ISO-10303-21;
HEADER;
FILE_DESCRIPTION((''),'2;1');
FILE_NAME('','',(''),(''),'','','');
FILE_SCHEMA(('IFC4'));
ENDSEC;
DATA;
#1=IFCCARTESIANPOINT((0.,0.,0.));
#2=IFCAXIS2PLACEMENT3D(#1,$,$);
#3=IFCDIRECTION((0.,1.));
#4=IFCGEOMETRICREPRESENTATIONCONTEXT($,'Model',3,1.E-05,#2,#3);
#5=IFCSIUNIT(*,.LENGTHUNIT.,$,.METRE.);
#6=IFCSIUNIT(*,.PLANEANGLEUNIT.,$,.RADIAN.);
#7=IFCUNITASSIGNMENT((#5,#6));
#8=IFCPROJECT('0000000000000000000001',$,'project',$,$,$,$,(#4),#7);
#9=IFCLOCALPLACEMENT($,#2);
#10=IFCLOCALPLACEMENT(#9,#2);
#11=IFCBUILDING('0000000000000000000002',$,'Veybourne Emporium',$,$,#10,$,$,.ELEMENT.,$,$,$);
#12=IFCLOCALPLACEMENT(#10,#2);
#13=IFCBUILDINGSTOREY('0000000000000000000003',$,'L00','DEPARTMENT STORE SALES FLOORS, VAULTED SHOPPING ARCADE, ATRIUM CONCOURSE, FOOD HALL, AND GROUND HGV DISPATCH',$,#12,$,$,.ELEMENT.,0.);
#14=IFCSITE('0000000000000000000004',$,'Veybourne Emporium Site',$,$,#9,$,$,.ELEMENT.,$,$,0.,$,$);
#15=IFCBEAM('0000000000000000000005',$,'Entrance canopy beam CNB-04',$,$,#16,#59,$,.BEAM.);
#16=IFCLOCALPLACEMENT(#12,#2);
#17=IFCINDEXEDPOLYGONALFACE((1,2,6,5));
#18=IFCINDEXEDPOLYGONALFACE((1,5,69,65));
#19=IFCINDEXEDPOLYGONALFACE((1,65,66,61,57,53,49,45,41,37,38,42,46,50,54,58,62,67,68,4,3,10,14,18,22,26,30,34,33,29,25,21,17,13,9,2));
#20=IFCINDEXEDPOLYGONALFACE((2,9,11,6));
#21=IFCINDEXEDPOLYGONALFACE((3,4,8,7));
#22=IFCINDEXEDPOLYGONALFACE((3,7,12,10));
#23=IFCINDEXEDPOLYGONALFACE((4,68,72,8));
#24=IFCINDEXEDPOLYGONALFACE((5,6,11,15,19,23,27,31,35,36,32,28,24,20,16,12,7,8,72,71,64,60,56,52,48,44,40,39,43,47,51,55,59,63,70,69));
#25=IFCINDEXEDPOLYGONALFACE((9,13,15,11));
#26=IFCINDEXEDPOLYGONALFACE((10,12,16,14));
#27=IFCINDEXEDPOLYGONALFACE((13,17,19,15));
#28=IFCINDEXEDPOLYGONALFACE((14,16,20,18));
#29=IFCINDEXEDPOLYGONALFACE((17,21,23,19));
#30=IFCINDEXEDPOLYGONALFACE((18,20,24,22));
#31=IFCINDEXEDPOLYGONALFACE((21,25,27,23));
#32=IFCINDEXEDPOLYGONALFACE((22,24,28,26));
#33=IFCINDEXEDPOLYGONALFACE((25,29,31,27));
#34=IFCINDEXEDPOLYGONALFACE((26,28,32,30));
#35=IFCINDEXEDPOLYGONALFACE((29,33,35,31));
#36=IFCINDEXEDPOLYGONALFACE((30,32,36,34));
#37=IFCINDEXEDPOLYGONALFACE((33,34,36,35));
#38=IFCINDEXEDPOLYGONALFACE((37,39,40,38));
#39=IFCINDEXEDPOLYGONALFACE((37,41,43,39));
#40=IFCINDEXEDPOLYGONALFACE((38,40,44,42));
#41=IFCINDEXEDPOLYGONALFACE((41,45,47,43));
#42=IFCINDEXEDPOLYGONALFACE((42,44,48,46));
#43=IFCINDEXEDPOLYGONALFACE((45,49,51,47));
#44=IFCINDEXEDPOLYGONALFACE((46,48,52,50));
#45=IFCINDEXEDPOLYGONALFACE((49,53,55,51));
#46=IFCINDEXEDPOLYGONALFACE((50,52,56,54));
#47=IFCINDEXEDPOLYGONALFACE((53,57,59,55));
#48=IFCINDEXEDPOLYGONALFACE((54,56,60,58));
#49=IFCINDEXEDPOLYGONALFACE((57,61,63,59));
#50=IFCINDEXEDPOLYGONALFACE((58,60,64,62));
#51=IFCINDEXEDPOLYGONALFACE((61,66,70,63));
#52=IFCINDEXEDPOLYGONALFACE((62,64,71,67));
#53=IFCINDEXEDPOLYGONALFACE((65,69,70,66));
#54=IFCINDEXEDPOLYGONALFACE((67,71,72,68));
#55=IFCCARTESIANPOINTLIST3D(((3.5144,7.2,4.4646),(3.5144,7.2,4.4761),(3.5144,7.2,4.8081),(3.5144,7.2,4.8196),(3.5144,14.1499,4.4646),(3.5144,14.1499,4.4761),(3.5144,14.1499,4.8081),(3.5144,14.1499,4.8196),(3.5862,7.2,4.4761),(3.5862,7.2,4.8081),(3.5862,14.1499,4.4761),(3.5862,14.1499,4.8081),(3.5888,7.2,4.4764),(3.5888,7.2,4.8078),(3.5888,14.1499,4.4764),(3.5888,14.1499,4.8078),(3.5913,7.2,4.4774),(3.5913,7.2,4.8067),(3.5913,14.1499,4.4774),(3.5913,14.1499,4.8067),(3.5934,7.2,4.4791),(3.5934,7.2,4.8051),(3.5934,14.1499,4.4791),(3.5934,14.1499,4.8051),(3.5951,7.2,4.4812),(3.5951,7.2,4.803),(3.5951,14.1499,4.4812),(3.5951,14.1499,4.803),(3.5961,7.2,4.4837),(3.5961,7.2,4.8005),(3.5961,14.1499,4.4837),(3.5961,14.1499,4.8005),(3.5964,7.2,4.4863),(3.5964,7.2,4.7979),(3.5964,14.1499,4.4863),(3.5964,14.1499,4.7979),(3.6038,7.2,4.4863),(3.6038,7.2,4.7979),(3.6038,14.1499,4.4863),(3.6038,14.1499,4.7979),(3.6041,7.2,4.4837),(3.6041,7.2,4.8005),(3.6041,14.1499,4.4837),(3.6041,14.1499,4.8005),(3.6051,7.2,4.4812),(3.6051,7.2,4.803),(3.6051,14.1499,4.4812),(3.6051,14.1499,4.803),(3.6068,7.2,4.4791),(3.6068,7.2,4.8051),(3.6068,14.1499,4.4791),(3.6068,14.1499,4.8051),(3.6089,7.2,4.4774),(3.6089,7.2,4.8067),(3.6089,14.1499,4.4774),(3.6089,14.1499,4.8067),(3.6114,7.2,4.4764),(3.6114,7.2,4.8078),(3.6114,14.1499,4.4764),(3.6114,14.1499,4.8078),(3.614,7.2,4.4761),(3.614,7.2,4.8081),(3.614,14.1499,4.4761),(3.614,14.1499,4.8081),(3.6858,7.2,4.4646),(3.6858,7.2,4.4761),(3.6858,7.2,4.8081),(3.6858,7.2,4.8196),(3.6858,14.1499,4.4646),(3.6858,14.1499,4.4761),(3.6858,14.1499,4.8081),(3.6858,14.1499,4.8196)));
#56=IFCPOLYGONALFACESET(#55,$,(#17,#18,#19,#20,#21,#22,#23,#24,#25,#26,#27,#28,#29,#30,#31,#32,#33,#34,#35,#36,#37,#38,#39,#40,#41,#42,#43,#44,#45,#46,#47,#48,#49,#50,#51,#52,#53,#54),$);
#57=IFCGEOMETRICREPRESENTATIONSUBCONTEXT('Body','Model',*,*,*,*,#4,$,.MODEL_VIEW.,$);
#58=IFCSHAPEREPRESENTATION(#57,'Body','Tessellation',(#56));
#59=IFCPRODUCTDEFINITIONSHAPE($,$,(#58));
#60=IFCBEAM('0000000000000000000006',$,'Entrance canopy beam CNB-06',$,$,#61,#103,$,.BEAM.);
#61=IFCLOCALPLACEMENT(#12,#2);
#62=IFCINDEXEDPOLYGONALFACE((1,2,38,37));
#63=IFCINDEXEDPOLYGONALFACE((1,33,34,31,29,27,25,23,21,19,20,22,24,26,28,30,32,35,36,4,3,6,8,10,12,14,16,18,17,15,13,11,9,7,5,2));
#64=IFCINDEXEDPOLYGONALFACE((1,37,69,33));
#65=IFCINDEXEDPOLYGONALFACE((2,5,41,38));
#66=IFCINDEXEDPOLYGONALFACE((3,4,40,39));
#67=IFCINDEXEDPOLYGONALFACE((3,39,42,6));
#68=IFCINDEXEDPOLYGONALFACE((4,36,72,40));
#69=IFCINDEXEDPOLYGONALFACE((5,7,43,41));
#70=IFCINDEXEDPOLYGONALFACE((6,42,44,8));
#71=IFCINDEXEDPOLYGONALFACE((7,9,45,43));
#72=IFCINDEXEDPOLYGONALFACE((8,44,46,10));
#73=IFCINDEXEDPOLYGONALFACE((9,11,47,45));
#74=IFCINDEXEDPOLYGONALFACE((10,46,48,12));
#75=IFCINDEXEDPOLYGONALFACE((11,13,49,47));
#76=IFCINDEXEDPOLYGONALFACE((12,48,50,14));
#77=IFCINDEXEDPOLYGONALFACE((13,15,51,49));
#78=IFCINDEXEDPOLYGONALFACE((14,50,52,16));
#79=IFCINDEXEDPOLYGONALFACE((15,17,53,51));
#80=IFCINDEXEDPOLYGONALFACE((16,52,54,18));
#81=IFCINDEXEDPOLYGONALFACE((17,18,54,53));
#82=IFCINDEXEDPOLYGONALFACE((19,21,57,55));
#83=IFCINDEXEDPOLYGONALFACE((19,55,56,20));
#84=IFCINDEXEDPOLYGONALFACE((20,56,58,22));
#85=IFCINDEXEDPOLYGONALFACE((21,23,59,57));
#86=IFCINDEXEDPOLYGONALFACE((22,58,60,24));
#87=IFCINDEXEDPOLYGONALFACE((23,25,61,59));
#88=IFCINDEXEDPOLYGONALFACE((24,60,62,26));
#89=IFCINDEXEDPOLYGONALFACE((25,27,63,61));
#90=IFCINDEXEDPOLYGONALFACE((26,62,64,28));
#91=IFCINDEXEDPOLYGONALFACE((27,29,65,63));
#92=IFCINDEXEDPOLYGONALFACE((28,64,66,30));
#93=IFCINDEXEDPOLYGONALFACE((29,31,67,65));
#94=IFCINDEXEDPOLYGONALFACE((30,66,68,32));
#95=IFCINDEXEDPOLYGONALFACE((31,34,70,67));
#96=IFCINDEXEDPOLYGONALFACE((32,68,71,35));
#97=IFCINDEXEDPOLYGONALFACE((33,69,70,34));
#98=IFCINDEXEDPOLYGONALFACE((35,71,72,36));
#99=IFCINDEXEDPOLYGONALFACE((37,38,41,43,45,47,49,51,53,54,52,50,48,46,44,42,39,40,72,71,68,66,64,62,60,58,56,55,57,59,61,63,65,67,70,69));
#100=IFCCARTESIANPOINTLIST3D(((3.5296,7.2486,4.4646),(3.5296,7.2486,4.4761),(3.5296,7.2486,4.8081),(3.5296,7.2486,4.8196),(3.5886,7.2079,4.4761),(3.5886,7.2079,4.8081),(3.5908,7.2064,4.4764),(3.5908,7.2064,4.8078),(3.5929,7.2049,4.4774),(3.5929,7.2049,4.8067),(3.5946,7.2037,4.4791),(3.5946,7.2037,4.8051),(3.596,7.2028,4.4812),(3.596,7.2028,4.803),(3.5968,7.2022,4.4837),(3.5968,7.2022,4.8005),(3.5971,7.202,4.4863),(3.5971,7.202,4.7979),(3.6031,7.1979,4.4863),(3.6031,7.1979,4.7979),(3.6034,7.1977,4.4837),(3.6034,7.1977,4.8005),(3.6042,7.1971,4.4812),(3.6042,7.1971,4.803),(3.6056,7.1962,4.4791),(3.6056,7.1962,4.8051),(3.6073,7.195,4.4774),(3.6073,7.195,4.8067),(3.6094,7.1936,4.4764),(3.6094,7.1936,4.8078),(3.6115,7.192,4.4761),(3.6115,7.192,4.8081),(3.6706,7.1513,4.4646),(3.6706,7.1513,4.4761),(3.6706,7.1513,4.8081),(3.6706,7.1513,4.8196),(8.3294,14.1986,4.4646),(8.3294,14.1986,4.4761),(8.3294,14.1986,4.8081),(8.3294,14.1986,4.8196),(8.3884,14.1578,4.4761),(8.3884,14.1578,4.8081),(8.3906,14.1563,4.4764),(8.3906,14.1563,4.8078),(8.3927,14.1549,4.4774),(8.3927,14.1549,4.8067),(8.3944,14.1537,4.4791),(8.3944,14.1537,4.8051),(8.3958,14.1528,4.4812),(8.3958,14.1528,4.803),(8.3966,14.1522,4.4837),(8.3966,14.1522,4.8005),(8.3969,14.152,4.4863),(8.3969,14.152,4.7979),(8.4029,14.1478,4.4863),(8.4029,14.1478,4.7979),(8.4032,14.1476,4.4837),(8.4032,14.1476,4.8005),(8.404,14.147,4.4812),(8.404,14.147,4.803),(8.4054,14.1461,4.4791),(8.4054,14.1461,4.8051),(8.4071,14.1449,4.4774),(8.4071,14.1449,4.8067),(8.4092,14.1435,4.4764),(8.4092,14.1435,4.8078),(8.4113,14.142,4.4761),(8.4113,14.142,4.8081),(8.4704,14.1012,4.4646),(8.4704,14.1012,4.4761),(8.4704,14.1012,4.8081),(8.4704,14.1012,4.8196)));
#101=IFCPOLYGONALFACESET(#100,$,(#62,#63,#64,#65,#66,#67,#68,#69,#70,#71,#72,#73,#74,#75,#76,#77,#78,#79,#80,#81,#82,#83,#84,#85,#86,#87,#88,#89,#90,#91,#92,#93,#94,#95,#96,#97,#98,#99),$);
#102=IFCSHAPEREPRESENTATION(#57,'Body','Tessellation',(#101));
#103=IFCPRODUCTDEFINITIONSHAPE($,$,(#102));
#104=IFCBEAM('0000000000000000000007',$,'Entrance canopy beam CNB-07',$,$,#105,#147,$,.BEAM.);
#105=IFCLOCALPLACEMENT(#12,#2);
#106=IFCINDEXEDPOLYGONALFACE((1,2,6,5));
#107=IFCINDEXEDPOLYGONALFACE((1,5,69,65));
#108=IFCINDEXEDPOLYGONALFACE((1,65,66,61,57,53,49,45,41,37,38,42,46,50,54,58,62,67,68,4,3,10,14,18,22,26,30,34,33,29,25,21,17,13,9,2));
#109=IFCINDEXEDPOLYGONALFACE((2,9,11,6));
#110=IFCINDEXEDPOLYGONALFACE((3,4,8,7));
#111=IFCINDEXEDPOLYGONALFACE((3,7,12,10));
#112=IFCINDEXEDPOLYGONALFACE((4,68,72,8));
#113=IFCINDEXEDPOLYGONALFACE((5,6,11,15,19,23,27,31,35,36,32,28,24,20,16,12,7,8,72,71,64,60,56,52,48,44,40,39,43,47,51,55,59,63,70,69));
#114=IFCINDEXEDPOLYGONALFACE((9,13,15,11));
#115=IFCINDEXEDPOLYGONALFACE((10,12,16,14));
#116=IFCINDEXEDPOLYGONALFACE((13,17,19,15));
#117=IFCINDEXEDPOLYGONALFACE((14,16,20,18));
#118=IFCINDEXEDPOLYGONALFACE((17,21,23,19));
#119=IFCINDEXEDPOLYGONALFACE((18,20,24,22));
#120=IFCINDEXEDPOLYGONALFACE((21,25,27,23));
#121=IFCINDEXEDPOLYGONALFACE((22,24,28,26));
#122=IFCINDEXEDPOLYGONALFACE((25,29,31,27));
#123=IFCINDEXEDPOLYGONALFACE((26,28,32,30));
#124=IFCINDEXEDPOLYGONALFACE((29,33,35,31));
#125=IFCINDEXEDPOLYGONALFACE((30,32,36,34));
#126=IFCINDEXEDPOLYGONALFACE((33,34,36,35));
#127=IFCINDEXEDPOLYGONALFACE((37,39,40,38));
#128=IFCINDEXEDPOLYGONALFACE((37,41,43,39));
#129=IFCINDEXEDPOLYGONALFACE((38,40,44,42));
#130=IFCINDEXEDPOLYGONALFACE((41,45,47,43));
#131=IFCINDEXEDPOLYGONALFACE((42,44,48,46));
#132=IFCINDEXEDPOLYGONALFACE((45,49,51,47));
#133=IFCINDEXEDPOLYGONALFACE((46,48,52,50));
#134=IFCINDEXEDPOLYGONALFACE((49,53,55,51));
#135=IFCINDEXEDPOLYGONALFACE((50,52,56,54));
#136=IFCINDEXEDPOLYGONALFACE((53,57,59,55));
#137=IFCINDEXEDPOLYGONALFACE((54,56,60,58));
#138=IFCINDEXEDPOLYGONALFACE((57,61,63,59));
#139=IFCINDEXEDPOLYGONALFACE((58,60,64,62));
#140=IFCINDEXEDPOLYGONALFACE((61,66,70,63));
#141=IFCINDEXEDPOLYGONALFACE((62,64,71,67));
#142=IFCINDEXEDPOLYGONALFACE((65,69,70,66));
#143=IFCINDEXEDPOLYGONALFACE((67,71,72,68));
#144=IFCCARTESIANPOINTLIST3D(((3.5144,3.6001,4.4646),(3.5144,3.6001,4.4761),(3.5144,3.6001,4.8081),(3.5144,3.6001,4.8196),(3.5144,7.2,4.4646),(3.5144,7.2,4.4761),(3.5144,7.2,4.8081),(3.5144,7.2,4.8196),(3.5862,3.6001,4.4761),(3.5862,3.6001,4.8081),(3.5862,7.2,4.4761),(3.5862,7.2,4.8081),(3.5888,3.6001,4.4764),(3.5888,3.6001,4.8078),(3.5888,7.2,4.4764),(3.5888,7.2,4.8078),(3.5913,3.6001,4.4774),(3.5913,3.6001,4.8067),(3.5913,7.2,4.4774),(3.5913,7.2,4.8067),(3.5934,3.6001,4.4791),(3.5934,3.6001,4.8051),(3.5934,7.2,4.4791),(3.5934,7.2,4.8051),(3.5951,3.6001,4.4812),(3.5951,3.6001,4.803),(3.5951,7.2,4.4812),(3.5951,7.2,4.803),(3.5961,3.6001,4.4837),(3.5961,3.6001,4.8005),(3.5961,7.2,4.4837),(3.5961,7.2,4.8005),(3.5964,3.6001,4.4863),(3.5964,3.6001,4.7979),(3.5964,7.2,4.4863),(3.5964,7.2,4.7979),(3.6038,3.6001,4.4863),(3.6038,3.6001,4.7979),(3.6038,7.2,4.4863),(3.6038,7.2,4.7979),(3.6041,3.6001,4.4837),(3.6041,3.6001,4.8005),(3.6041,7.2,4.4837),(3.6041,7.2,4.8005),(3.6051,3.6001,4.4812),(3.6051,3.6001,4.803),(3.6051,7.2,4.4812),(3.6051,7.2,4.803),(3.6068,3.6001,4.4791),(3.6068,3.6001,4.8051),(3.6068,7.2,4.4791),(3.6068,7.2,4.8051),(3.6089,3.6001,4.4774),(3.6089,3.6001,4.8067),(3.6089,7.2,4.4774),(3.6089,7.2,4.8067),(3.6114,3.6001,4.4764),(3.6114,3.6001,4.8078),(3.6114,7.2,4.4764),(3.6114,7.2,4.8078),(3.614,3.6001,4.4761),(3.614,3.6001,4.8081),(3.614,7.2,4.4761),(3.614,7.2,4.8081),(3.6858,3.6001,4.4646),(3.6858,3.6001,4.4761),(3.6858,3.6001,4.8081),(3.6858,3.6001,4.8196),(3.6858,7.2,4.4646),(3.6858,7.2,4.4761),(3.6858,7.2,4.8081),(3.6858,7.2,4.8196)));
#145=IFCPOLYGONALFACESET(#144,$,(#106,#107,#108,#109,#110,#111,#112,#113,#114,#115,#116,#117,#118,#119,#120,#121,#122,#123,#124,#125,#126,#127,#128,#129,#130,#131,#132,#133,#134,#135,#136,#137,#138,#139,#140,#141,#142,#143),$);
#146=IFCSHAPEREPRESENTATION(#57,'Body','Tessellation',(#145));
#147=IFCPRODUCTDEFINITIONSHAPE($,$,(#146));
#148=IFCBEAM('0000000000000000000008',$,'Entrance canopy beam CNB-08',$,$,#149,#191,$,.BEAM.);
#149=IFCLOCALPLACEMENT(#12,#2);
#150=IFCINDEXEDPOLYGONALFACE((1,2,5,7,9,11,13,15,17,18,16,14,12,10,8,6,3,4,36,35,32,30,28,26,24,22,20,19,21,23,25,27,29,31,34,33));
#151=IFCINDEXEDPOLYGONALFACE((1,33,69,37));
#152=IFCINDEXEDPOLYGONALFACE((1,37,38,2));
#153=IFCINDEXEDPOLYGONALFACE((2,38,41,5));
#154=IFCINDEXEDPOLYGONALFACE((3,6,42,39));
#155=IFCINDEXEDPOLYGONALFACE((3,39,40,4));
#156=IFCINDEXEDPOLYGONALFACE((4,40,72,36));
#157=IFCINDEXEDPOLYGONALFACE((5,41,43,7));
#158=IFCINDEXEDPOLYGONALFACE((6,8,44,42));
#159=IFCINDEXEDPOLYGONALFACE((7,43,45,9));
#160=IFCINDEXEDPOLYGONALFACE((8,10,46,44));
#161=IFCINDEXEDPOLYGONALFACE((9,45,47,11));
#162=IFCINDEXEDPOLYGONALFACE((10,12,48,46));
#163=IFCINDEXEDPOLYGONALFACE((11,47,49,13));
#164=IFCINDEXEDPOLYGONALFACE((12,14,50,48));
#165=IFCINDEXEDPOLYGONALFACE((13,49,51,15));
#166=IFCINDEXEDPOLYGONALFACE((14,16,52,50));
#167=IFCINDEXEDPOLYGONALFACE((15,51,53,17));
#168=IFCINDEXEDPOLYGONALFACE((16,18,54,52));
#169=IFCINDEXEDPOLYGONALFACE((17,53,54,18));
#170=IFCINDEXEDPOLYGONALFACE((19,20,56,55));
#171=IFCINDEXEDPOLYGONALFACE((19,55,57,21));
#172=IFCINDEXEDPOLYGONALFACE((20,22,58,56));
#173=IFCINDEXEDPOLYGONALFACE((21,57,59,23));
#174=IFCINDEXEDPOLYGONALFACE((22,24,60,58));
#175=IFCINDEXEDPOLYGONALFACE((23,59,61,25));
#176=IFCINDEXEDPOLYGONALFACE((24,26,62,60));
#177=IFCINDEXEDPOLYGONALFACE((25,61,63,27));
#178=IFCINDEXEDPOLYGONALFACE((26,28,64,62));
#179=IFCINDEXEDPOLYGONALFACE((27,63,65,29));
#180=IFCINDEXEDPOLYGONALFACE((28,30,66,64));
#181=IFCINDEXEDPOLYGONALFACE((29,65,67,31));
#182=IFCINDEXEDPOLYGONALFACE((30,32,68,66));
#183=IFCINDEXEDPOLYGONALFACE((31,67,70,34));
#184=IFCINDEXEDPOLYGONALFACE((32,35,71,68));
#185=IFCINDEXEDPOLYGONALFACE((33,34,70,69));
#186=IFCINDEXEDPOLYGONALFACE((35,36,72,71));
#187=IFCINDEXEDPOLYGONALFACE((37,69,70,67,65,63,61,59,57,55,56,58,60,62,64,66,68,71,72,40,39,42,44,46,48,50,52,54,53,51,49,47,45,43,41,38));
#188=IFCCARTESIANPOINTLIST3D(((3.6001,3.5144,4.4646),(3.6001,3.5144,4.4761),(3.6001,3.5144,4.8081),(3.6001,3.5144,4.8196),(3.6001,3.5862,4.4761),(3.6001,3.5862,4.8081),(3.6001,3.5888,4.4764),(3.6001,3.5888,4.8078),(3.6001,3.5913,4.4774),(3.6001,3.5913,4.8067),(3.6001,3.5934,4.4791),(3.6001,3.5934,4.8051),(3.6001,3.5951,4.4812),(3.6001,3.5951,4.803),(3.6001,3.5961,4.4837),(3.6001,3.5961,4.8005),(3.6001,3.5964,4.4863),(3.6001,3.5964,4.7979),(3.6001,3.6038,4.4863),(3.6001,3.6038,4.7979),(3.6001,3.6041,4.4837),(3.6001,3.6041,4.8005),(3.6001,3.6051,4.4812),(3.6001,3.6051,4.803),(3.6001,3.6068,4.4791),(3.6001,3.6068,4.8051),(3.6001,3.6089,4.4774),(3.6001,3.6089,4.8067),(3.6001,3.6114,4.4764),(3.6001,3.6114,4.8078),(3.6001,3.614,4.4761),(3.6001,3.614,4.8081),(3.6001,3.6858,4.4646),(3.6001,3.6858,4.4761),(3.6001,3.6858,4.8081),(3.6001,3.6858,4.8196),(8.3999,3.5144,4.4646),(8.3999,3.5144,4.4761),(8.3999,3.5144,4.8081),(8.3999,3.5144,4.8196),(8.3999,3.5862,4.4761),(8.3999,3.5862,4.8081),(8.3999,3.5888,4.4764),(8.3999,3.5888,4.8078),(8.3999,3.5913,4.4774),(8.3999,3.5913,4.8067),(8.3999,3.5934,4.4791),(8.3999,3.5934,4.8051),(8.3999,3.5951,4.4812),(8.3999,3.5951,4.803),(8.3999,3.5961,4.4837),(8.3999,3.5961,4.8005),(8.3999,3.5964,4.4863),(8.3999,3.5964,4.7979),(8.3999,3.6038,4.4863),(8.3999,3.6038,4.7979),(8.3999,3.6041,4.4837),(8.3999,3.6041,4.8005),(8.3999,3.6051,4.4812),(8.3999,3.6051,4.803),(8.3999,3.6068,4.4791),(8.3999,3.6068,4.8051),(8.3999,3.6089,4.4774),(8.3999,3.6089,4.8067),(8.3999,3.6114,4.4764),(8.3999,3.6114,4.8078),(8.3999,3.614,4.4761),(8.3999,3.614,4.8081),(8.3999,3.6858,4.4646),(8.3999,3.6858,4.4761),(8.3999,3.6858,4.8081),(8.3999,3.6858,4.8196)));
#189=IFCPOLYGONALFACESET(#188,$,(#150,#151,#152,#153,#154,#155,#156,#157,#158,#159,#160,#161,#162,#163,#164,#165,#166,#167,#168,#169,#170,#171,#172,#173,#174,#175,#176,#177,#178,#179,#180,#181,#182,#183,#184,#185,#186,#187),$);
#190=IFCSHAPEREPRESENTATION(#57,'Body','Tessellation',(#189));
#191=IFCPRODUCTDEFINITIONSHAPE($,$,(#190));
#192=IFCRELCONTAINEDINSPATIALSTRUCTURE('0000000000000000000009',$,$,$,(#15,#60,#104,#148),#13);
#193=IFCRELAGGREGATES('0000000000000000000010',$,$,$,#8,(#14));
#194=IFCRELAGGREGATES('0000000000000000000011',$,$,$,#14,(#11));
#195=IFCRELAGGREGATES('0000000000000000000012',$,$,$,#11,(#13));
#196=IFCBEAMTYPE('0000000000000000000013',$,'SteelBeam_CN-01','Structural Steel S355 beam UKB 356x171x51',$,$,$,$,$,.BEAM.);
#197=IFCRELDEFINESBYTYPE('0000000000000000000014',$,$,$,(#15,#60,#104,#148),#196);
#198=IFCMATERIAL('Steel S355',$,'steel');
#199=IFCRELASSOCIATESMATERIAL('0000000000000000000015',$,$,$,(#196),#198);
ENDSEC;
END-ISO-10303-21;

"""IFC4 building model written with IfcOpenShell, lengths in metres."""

from ifc_helpers import new_model, si_unit, direction, frame, origin, origin_2d, place, context, subcontext, project, spatial, i_section, extrude, material, material_profile, profile_set, type_object, element, save


model = new_model("IFC4")

# Units and contexts
model_context = context("Model", 3, precision=1e-05, world=origin(), true_north=direction((0.0, 1.0)))
body_context = subcontext(model_context, "Body", "Model", "MODEL_VIEW")
ifc_project = project(units=[si_unit("LENGTHUNIT", "METRE"), si_unit("PLANEANGLEUNIT", "RADIAN")], contexts=[model_context])

# Site, building, storey
site_placement = place(None, origin())
site = spatial("IfcSite", under=ifc_project, at=site_placement, Name="Veybourne Emporium Site", CompositionType="ELEMENT", RefElevation=0.0)
building_placement = place(site_placement, origin())
building = spatial("IfcBuilding", under=site, at=building_placement, Name="Veybourne Emporium", CompositionType="ELEMENT")
storey_placement = place(building_placement, origin())
storey = spatial("IfcBuildingStorey", under=building, at=storey_placement, Name="L00", Description="DEPARTMENT STORE SALES FLOORS, VAULTED SHOPPING ARCADE, ATRIUM CONCOURSE, FOOD HALL, AND GROUND HGV DISPATCH", CompositionType="ELEMENT", Elevation=0.0)

# Shared definitions
ifc_material_1 = material(Name="Steel S355", Category="steel")

# Beams
ifc_material_profile_1 = material_profile(ifc_material_1, i_section(OverallWidth=0.1714, OverallDepth=0.355, WebThickness=0.0073, FlangeThickness=0.0115, FilletRadius=0.0103, at=origin_2d()), Name="UKB 356x171x51")
ifc_profile_set_1 = profile_set([ifc_material_profile_1], Name="Steel S355")
beam_type_1 = type_object("IfcBeamType", Name="SteelBeam_CN-01", Description="Structural Steel S355 beam UKB 356x171x51", PredefinedType="BEAM", material=ifc_profile_set_1)
beam_1_placement = place(storey_placement, frame((3.6001, 7.2, 4.6421), z_axis=(0.0, 1.0, 0.0), x_axis=(-1.0, 0.0, 0.0)))
element("IfcBeam", 1, at=beam_1_placement, inside=storey, type_object=beam_type_1, Name="Entrance canopy beam CNB-04", PredefinedType="BEAM", context=body_context, shape_type="SweptSolid", body=[
    extrude(i_section(OverallWidth=0.1714, OverallDepth=0.355, WebThickness=0.0073, FlangeThickness=0.0115, FilletRadius=0.0103, at=origin_2d()), origin(), (0.0, 0.0, 1.0), 6.95),
])
beam_2_placement = place(storey_placement, frame((3.6001, 7.2, 4.6421), z_axis=(0.568273, 0.82284, 0.0), x_axis=(-0.82284, 0.568273, 0.0)))
element("IfcBeam", 2, at=beam_2_placement, inside=storey, type_object=beam_type_1, Name="Entrance canopy beam CNB-06", PredefinedType="BEAM", context=body_context, shape_type="SweptSolid", body=[
    extrude(i_section(OverallWidth=0.1714, OverallDepth=0.355, WebThickness=0.0073, FlangeThickness=0.0115, FilletRadius=0.0103, at=origin_2d()), origin(), (0.0, 0.0, 1.0), 8.4463),
])
beam_3_placement = place(storey_placement, frame((3.6001, 3.6001, 4.6421), z_axis=(0.0, 1.0, 0.0), x_axis=(-1.0, 0.0, 0.0)))
element("IfcBeam", 3, at=beam_3_placement, inside=storey, type_object=beam_type_1, Name="Entrance canopy beam CNB-07", PredefinedType="BEAM", context=body_context, shape_type="SweptSolid", body=[
    extrude(i_section(OverallWidth=0.1714, OverallDepth=0.355, WebThickness=0.0073, FlangeThickness=0.0115, FilletRadius=0.0103, at=origin_2d()), origin(), (0.0, 0.0, 1.0), 3.5999),
])
beam_4_placement = place(storey_placement, frame((3.6001, 3.6001, 4.6421), z_axis=(1.0, 0.0, 0.0), x_axis=(0.0, 1.0, 0.0)))
element("IfcBeam", 4, at=beam_4_placement, inside=storey, type_object=beam_type_1, Name="Entrance canopy beam CNB-08", PredefinedType="BEAM", context=body_context, shape_type="SweptSolid", body=[
    extrude(i_section(OverallWidth=0.1714, OverallDepth=0.355, WebThickness=0.0073, FlangeThickness=0.0115, FilletRadius=0.0103, at=origin_2d()), origin(), (0.0, 0.0, 1.0), 4.7998),
])

save(model, "model.ifc")
